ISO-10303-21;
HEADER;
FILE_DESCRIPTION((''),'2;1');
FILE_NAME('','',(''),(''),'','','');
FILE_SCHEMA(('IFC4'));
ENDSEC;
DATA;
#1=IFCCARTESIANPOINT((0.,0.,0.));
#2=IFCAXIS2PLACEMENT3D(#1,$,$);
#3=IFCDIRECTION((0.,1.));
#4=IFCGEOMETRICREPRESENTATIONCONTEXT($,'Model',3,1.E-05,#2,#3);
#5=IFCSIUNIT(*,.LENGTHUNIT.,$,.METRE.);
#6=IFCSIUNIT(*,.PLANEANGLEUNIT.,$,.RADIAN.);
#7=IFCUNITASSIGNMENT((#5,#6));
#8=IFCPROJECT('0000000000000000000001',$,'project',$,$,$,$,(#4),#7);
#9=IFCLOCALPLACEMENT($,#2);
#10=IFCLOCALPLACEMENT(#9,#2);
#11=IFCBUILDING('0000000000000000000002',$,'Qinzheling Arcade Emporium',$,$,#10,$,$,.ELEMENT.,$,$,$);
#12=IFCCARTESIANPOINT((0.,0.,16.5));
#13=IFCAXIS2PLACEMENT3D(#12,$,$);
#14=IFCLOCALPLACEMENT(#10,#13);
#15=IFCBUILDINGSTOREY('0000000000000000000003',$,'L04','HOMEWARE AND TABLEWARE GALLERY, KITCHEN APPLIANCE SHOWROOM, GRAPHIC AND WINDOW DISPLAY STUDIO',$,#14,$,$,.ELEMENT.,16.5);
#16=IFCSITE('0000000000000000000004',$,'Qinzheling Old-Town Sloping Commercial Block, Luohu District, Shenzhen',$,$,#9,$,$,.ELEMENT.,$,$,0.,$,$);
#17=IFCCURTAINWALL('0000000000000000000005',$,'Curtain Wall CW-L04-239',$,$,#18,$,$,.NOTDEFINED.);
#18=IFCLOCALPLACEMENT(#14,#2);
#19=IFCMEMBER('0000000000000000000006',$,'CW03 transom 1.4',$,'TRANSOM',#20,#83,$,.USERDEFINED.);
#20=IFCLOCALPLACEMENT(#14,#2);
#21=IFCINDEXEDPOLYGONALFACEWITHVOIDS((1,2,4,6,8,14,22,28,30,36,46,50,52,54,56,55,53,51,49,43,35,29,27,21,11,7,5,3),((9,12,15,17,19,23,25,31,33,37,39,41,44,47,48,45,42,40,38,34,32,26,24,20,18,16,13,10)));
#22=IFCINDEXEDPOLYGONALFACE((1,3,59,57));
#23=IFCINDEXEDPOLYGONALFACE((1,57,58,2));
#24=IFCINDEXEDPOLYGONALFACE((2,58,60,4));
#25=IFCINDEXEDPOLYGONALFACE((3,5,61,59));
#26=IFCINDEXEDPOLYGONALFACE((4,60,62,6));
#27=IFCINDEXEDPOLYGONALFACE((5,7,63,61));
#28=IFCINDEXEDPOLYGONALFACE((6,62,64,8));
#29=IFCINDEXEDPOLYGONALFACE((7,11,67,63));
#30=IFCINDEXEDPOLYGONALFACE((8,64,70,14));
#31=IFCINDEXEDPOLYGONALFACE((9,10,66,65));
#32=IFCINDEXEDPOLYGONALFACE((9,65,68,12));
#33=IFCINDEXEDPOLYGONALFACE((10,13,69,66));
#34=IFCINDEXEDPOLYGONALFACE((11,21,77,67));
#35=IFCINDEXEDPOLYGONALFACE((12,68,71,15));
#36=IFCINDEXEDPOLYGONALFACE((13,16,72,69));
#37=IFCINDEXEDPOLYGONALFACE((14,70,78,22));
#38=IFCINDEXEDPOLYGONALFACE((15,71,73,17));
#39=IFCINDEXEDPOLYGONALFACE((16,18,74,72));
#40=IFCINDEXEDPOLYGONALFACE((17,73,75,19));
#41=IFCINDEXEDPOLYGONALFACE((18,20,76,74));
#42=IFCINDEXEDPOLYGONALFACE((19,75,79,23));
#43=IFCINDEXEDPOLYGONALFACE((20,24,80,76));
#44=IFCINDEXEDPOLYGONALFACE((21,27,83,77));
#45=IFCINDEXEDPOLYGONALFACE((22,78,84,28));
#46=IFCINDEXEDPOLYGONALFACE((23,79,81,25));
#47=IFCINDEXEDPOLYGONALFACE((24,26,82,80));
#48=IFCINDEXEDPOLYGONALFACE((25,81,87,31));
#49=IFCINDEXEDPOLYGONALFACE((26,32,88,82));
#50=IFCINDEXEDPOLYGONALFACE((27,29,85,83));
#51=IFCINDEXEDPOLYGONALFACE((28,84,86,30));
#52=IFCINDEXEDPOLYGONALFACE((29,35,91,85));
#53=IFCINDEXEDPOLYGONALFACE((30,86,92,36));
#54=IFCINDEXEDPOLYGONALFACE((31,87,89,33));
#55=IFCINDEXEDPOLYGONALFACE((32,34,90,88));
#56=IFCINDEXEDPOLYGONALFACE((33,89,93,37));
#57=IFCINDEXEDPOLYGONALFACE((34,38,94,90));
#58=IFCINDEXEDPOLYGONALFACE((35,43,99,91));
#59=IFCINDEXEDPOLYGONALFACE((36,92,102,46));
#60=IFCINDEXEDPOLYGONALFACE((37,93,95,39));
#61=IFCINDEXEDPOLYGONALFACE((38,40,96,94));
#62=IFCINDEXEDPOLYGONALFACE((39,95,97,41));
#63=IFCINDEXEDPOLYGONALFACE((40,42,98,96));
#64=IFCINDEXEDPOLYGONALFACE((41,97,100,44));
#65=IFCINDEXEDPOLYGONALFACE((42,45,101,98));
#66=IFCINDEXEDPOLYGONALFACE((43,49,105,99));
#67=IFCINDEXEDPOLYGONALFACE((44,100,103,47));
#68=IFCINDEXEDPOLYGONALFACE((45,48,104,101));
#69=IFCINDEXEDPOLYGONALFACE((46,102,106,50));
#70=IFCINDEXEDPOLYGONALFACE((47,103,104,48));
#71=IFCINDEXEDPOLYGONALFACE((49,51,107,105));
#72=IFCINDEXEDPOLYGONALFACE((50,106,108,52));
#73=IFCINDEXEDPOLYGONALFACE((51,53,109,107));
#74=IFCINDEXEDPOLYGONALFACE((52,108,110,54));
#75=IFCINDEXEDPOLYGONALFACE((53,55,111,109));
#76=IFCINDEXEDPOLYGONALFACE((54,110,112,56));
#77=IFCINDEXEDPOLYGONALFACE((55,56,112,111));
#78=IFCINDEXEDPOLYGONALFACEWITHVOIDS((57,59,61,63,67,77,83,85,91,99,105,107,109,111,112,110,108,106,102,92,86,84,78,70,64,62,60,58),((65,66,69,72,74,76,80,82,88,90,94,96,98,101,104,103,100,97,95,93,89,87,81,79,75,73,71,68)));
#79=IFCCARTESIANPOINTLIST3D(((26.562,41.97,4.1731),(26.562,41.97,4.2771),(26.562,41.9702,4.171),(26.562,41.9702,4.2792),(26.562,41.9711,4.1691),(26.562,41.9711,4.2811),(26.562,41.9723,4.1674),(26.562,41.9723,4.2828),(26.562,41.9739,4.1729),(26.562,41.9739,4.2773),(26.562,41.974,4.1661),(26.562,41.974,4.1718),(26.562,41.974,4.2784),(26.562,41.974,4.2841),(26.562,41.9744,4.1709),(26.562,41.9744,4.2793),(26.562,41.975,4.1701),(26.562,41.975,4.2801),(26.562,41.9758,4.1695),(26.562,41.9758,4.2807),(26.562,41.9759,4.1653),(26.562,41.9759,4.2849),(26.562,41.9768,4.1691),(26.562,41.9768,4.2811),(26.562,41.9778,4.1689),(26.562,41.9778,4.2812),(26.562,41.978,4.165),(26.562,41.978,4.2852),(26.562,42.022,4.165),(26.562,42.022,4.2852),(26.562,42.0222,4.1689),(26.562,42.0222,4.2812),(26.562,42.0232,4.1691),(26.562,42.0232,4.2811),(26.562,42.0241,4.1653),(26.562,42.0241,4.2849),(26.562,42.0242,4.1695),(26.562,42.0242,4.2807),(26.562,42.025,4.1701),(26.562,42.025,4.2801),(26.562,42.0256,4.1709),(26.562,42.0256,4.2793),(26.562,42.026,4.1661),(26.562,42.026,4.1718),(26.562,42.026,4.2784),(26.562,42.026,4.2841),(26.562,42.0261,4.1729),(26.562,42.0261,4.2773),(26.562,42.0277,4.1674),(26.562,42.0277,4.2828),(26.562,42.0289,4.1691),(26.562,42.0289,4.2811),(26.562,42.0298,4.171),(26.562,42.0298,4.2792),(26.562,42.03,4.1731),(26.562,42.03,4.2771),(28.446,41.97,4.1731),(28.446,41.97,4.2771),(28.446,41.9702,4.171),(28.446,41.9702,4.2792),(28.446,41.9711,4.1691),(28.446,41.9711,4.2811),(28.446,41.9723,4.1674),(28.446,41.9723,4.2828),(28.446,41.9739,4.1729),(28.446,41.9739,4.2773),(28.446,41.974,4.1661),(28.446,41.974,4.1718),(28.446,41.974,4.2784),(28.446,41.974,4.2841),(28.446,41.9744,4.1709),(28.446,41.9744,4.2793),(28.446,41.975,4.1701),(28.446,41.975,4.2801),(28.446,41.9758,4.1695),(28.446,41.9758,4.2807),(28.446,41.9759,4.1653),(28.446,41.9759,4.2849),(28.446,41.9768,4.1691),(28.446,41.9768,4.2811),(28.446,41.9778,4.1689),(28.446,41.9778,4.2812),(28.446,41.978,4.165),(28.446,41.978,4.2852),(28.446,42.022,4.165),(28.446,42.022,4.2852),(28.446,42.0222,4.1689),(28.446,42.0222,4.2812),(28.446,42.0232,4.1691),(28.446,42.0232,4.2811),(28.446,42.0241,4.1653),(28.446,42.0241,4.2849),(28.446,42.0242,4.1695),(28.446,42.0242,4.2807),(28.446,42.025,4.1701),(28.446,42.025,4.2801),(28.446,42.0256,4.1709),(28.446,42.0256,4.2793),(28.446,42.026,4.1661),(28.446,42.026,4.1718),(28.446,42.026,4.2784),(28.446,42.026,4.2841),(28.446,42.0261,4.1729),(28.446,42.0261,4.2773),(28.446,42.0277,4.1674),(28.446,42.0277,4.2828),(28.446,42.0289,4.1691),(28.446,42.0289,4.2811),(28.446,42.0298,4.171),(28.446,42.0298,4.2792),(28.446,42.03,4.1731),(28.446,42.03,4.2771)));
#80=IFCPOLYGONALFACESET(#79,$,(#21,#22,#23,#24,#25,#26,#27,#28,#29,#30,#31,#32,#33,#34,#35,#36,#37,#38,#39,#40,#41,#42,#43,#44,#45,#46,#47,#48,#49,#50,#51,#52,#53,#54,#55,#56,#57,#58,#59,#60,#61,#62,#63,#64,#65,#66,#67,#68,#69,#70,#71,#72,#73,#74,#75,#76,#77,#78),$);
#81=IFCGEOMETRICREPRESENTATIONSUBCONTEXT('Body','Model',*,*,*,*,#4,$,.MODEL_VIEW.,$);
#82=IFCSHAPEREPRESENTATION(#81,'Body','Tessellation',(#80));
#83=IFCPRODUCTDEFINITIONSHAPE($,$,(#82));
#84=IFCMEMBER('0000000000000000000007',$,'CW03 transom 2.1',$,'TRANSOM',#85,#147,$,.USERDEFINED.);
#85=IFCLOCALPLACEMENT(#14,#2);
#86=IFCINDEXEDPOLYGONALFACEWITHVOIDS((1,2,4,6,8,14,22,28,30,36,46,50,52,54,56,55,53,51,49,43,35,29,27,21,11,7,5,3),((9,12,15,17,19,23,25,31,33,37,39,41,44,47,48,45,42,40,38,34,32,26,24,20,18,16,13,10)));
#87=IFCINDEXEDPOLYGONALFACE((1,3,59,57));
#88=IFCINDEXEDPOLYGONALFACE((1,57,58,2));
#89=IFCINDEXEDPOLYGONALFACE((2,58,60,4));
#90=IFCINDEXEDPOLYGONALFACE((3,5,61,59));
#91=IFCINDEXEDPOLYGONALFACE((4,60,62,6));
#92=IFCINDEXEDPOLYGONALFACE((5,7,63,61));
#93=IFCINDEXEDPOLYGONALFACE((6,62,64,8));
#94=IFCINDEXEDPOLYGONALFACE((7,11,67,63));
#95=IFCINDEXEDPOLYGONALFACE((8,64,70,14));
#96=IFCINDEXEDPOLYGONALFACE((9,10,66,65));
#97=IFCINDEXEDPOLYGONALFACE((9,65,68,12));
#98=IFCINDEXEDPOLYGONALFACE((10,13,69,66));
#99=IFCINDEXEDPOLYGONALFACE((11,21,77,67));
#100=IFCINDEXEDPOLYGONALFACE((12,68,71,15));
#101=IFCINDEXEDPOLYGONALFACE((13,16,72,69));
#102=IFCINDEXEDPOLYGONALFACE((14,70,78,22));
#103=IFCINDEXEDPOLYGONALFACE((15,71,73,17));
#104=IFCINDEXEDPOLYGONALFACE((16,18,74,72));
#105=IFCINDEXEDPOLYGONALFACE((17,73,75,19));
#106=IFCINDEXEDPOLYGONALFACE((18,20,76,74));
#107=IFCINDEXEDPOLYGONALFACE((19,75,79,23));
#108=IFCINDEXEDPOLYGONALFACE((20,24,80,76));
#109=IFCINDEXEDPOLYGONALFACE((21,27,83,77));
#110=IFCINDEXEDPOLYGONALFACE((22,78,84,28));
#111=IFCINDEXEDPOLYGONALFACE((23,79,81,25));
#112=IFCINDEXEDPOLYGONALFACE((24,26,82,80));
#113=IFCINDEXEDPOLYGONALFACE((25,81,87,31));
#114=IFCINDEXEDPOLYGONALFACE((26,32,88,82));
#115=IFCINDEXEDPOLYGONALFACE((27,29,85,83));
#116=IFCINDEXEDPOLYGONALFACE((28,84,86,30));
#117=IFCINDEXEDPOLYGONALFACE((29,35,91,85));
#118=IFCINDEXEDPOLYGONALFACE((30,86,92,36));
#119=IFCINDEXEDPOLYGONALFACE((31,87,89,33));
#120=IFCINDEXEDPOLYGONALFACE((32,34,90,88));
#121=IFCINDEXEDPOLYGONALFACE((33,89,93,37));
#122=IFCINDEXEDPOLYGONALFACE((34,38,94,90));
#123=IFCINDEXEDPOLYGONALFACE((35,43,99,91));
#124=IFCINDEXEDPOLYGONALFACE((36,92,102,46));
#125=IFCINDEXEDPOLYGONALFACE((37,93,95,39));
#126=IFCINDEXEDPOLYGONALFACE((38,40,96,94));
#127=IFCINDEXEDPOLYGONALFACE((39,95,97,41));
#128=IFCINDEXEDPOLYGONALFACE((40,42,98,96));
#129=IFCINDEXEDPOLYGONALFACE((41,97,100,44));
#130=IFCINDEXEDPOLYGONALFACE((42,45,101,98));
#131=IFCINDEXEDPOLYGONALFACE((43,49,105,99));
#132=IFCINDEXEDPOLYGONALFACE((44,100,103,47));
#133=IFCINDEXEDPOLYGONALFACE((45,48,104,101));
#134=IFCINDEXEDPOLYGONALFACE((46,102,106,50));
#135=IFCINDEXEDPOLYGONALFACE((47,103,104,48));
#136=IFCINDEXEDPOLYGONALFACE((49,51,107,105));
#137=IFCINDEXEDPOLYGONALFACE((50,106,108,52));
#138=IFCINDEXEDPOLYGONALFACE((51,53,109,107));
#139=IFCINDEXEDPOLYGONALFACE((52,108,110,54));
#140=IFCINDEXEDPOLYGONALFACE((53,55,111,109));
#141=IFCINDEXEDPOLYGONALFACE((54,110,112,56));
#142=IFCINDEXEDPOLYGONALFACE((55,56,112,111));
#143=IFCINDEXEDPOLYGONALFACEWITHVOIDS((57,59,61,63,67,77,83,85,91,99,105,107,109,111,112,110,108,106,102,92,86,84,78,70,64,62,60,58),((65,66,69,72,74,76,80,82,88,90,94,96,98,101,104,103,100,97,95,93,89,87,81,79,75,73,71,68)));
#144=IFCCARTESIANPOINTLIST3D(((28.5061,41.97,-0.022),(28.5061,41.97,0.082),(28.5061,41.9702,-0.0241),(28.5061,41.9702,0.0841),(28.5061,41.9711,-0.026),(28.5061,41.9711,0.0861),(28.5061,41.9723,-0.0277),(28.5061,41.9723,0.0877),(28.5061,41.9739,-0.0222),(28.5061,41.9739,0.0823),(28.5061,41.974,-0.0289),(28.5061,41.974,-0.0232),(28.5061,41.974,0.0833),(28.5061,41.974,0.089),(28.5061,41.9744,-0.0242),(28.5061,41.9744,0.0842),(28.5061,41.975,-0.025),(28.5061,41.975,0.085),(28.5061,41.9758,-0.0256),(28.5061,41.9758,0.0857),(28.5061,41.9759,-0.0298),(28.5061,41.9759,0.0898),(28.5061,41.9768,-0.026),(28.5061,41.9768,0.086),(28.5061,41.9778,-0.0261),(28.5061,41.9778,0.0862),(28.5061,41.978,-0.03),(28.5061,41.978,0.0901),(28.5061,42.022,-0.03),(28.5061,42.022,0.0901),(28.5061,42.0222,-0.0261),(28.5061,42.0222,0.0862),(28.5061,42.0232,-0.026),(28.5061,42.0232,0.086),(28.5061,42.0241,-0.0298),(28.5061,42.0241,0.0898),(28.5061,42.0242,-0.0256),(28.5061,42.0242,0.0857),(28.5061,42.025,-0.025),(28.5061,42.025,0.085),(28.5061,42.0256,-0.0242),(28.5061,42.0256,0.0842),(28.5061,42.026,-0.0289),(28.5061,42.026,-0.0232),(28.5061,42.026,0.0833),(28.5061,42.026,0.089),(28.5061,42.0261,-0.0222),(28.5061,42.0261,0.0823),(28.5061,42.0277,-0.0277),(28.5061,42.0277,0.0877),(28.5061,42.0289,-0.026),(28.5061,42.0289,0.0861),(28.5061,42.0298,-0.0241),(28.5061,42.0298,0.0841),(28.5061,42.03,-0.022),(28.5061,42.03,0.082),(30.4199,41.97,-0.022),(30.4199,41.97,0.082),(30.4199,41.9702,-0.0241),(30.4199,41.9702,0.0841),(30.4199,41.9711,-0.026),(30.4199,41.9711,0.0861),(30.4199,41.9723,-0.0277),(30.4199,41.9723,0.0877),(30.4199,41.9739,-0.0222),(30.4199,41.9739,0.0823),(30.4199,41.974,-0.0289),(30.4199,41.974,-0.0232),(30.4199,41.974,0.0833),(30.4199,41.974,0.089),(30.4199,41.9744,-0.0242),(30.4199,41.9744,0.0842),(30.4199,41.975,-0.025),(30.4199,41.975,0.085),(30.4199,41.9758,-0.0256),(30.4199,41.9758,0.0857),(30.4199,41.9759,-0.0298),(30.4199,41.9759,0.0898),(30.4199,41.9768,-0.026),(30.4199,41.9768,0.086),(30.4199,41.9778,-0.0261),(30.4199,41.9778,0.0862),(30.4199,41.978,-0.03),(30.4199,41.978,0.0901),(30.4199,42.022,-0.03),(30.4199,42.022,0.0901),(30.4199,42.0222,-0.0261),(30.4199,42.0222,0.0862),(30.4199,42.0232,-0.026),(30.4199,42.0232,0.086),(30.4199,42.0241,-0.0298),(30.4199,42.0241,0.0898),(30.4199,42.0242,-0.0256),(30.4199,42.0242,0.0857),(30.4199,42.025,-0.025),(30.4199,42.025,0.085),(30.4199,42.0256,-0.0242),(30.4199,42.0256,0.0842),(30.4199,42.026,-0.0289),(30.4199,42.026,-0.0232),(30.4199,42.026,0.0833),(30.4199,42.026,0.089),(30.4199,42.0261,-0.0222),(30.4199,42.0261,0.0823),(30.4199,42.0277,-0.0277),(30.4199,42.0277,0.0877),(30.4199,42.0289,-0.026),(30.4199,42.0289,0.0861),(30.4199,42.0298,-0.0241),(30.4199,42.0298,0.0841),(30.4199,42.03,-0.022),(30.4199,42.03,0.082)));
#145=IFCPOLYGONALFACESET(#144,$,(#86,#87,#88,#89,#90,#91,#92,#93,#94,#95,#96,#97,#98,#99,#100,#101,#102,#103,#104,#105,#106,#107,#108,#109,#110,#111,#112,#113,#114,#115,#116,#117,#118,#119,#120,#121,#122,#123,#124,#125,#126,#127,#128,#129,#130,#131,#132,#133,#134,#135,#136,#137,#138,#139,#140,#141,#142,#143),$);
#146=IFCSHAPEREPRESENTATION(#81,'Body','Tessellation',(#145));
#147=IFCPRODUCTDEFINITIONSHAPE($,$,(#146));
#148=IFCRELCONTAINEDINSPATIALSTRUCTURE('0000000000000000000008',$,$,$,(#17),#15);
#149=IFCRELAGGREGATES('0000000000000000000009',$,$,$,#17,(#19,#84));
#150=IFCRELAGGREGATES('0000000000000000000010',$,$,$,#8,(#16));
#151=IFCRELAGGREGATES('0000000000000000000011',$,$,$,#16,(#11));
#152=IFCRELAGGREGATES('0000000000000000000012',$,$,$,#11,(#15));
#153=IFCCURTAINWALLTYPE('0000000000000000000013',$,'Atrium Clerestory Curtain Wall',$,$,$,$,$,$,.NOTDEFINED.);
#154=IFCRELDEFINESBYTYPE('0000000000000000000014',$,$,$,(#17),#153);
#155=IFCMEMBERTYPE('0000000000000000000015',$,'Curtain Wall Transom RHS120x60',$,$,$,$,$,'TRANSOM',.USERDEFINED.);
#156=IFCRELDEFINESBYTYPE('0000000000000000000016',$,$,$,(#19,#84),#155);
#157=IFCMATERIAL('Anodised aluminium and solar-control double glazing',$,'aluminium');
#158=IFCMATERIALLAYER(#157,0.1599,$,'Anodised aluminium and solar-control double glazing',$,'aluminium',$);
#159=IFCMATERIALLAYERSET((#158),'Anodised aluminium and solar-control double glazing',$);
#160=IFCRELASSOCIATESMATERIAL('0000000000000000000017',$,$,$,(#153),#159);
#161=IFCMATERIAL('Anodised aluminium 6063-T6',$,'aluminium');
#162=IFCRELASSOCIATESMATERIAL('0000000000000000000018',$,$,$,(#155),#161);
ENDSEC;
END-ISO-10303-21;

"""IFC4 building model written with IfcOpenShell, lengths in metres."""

from ifc_helpers import new_model, si_unit, direction, frame, origin, origin_2d, place, context, subcontext, project, spatial, hollow_rectangle, extrude, material, layer, layer_set, material_profile, profile_set, type_object, element, aggregate, save


model = new_model("IFC4")

# Units and contexts
model_context = context("Model", 3, precision=1e-05, world=origin(), true_north=direction((0.0, 1.0)))
body_context = subcontext(model_context, "Body", "Model", "MODEL_VIEW")
ifc_project = project(units=[si_unit("LENGTHUNIT", "METRE"), si_unit("PLANEANGLEUNIT", "RADIAN")], contexts=[model_context])

# Site, building, storey
site_placement = place(None, origin())
site = spatial("IfcSite", under=ifc_project, at=site_placement, Name="Qinzheling Old-Town Sloping Commercial Block, Luohu District, Shenzhen", CompositionType="ELEMENT", RefElevation=0.0)
building_placement = place(site_placement, origin())
building = spatial("IfcBuilding", under=site, at=building_placement, Name="Qinzheling Arcade Emporium", CompositionType="ELEMENT")
storey_placement = place(building_placement, frame((0.0, 0.0, 16.5)))
storey = spatial("IfcBuildingStorey", under=building, at=storey_placement, Name="L04", Description="HOMEWARE AND TABLEWARE GALLERY, KITCHEN APPLIANCE SHOWROOM, GRAPHIC AND WINDOW DISPLAY STUDIO", CompositionType="ELEMENT", Elevation=16.5)

# Curtain wall, members
ifc_material_1 = material(Name="Anodised aluminium and solar-control double glazing", Category="aluminium")
ifc_layer_1 = layer(ifc_material_1, 0.1599, Name="Anodised aluminium and solar-control double glazing", Category="aluminium")
ifc_layer_set_1 = layer_set([ifc_layer_1], Name="Anodised aluminium and solar-control double glazing")
curtain_wall_type = type_object("IfcCurtainWallType", Name="Atrium Clerestory Curtain Wall", PredefinedType="NOTDEFINED", material=ifc_layer_set_1)
curtain_wall_placement = place(storey_placement, origin())
curtain_wall = element("IfcCurtainWall", 1, at=curtain_wall_placement, inside=storey, type_object=curtain_wall_type, Name="Curtain Wall CW-L04-239", PredefinedType="NOTDEFINED")
ifc_material_2 = material(Name="Anodised aluminium 6063-T6", Category="aluminium")
ifc_material_profile_1 = material_profile(ifc_material_2, hollow_rectangle(XDim=0.0601, YDim=0.1201, WallThickness=0.0039, InnerFilletRadius=0.0039, OuterFilletRadius=0.0081, at=origin_2d()), Name="RHS 120x60x4", Category="aluminium")
ifc_profile_set_1 = profile_set([ifc_material_profile_1], Name="Anodised aluminium 6063-T6")
member_type_1 = type_object("IfcMemberType", Name="Curtain Wall Transom RHS120x60", ElementType="TRANSOM", PredefinedType="USERDEFINED", material=ifc_profile_set_1)
member_1_placement = place(storey_placement, frame((26.562, 42.0, 4.2251), z_axis=(1.0, 0.0, 0.0), x_axis=(0.0, 1.0, 0.0)))
member_1 = element("IfcMember", 2, at=member_1_placement, type_object=member_type_1, Name="CW03 transom 1.4", ObjectType="TRANSOM", PredefinedType="USERDEFINED", context=body_context, shape_type="SweptSolid", body=[
    extrude(hollow_rectangle(XDim=0.0601, YDim=0.1201, WallThickness=0.0039, InnerFilletRadius=0.0039, OuterFilletRadius=0.0081, at=origin_2d()), origin(), (0.0, 0.0, 1.0), 1.884),
])
member_2_placement = place(storey_placement, frame((28.5061, 42.0, 0.03), z_axis=(1.0, 0.0, 0.0), x_axis=(0.0, 1.0, 0.0)))
member_2 = element("IfcMember", 3, at=member_2_placement, type_object=member_type_1, Name="CW03 transom 2.1", ObjectType="TRANSOM", PredefinedType="USERDEFINED", context=body_context, shape_type="SweptSolid", body=[
    extrude(hollow_rectangle(XDim=0.0601, YDim=0.1201, WallThickness=0.0039, InnerFilletRadius=0.0039, OuterFilletRadius=0.0081, at=origin_2d()), origin(), (0.0, 0.0, 1.0), 1.9138),
])

aggregate(curtain_wall, [member_1, member_2])

save(model, "model.ifc")
